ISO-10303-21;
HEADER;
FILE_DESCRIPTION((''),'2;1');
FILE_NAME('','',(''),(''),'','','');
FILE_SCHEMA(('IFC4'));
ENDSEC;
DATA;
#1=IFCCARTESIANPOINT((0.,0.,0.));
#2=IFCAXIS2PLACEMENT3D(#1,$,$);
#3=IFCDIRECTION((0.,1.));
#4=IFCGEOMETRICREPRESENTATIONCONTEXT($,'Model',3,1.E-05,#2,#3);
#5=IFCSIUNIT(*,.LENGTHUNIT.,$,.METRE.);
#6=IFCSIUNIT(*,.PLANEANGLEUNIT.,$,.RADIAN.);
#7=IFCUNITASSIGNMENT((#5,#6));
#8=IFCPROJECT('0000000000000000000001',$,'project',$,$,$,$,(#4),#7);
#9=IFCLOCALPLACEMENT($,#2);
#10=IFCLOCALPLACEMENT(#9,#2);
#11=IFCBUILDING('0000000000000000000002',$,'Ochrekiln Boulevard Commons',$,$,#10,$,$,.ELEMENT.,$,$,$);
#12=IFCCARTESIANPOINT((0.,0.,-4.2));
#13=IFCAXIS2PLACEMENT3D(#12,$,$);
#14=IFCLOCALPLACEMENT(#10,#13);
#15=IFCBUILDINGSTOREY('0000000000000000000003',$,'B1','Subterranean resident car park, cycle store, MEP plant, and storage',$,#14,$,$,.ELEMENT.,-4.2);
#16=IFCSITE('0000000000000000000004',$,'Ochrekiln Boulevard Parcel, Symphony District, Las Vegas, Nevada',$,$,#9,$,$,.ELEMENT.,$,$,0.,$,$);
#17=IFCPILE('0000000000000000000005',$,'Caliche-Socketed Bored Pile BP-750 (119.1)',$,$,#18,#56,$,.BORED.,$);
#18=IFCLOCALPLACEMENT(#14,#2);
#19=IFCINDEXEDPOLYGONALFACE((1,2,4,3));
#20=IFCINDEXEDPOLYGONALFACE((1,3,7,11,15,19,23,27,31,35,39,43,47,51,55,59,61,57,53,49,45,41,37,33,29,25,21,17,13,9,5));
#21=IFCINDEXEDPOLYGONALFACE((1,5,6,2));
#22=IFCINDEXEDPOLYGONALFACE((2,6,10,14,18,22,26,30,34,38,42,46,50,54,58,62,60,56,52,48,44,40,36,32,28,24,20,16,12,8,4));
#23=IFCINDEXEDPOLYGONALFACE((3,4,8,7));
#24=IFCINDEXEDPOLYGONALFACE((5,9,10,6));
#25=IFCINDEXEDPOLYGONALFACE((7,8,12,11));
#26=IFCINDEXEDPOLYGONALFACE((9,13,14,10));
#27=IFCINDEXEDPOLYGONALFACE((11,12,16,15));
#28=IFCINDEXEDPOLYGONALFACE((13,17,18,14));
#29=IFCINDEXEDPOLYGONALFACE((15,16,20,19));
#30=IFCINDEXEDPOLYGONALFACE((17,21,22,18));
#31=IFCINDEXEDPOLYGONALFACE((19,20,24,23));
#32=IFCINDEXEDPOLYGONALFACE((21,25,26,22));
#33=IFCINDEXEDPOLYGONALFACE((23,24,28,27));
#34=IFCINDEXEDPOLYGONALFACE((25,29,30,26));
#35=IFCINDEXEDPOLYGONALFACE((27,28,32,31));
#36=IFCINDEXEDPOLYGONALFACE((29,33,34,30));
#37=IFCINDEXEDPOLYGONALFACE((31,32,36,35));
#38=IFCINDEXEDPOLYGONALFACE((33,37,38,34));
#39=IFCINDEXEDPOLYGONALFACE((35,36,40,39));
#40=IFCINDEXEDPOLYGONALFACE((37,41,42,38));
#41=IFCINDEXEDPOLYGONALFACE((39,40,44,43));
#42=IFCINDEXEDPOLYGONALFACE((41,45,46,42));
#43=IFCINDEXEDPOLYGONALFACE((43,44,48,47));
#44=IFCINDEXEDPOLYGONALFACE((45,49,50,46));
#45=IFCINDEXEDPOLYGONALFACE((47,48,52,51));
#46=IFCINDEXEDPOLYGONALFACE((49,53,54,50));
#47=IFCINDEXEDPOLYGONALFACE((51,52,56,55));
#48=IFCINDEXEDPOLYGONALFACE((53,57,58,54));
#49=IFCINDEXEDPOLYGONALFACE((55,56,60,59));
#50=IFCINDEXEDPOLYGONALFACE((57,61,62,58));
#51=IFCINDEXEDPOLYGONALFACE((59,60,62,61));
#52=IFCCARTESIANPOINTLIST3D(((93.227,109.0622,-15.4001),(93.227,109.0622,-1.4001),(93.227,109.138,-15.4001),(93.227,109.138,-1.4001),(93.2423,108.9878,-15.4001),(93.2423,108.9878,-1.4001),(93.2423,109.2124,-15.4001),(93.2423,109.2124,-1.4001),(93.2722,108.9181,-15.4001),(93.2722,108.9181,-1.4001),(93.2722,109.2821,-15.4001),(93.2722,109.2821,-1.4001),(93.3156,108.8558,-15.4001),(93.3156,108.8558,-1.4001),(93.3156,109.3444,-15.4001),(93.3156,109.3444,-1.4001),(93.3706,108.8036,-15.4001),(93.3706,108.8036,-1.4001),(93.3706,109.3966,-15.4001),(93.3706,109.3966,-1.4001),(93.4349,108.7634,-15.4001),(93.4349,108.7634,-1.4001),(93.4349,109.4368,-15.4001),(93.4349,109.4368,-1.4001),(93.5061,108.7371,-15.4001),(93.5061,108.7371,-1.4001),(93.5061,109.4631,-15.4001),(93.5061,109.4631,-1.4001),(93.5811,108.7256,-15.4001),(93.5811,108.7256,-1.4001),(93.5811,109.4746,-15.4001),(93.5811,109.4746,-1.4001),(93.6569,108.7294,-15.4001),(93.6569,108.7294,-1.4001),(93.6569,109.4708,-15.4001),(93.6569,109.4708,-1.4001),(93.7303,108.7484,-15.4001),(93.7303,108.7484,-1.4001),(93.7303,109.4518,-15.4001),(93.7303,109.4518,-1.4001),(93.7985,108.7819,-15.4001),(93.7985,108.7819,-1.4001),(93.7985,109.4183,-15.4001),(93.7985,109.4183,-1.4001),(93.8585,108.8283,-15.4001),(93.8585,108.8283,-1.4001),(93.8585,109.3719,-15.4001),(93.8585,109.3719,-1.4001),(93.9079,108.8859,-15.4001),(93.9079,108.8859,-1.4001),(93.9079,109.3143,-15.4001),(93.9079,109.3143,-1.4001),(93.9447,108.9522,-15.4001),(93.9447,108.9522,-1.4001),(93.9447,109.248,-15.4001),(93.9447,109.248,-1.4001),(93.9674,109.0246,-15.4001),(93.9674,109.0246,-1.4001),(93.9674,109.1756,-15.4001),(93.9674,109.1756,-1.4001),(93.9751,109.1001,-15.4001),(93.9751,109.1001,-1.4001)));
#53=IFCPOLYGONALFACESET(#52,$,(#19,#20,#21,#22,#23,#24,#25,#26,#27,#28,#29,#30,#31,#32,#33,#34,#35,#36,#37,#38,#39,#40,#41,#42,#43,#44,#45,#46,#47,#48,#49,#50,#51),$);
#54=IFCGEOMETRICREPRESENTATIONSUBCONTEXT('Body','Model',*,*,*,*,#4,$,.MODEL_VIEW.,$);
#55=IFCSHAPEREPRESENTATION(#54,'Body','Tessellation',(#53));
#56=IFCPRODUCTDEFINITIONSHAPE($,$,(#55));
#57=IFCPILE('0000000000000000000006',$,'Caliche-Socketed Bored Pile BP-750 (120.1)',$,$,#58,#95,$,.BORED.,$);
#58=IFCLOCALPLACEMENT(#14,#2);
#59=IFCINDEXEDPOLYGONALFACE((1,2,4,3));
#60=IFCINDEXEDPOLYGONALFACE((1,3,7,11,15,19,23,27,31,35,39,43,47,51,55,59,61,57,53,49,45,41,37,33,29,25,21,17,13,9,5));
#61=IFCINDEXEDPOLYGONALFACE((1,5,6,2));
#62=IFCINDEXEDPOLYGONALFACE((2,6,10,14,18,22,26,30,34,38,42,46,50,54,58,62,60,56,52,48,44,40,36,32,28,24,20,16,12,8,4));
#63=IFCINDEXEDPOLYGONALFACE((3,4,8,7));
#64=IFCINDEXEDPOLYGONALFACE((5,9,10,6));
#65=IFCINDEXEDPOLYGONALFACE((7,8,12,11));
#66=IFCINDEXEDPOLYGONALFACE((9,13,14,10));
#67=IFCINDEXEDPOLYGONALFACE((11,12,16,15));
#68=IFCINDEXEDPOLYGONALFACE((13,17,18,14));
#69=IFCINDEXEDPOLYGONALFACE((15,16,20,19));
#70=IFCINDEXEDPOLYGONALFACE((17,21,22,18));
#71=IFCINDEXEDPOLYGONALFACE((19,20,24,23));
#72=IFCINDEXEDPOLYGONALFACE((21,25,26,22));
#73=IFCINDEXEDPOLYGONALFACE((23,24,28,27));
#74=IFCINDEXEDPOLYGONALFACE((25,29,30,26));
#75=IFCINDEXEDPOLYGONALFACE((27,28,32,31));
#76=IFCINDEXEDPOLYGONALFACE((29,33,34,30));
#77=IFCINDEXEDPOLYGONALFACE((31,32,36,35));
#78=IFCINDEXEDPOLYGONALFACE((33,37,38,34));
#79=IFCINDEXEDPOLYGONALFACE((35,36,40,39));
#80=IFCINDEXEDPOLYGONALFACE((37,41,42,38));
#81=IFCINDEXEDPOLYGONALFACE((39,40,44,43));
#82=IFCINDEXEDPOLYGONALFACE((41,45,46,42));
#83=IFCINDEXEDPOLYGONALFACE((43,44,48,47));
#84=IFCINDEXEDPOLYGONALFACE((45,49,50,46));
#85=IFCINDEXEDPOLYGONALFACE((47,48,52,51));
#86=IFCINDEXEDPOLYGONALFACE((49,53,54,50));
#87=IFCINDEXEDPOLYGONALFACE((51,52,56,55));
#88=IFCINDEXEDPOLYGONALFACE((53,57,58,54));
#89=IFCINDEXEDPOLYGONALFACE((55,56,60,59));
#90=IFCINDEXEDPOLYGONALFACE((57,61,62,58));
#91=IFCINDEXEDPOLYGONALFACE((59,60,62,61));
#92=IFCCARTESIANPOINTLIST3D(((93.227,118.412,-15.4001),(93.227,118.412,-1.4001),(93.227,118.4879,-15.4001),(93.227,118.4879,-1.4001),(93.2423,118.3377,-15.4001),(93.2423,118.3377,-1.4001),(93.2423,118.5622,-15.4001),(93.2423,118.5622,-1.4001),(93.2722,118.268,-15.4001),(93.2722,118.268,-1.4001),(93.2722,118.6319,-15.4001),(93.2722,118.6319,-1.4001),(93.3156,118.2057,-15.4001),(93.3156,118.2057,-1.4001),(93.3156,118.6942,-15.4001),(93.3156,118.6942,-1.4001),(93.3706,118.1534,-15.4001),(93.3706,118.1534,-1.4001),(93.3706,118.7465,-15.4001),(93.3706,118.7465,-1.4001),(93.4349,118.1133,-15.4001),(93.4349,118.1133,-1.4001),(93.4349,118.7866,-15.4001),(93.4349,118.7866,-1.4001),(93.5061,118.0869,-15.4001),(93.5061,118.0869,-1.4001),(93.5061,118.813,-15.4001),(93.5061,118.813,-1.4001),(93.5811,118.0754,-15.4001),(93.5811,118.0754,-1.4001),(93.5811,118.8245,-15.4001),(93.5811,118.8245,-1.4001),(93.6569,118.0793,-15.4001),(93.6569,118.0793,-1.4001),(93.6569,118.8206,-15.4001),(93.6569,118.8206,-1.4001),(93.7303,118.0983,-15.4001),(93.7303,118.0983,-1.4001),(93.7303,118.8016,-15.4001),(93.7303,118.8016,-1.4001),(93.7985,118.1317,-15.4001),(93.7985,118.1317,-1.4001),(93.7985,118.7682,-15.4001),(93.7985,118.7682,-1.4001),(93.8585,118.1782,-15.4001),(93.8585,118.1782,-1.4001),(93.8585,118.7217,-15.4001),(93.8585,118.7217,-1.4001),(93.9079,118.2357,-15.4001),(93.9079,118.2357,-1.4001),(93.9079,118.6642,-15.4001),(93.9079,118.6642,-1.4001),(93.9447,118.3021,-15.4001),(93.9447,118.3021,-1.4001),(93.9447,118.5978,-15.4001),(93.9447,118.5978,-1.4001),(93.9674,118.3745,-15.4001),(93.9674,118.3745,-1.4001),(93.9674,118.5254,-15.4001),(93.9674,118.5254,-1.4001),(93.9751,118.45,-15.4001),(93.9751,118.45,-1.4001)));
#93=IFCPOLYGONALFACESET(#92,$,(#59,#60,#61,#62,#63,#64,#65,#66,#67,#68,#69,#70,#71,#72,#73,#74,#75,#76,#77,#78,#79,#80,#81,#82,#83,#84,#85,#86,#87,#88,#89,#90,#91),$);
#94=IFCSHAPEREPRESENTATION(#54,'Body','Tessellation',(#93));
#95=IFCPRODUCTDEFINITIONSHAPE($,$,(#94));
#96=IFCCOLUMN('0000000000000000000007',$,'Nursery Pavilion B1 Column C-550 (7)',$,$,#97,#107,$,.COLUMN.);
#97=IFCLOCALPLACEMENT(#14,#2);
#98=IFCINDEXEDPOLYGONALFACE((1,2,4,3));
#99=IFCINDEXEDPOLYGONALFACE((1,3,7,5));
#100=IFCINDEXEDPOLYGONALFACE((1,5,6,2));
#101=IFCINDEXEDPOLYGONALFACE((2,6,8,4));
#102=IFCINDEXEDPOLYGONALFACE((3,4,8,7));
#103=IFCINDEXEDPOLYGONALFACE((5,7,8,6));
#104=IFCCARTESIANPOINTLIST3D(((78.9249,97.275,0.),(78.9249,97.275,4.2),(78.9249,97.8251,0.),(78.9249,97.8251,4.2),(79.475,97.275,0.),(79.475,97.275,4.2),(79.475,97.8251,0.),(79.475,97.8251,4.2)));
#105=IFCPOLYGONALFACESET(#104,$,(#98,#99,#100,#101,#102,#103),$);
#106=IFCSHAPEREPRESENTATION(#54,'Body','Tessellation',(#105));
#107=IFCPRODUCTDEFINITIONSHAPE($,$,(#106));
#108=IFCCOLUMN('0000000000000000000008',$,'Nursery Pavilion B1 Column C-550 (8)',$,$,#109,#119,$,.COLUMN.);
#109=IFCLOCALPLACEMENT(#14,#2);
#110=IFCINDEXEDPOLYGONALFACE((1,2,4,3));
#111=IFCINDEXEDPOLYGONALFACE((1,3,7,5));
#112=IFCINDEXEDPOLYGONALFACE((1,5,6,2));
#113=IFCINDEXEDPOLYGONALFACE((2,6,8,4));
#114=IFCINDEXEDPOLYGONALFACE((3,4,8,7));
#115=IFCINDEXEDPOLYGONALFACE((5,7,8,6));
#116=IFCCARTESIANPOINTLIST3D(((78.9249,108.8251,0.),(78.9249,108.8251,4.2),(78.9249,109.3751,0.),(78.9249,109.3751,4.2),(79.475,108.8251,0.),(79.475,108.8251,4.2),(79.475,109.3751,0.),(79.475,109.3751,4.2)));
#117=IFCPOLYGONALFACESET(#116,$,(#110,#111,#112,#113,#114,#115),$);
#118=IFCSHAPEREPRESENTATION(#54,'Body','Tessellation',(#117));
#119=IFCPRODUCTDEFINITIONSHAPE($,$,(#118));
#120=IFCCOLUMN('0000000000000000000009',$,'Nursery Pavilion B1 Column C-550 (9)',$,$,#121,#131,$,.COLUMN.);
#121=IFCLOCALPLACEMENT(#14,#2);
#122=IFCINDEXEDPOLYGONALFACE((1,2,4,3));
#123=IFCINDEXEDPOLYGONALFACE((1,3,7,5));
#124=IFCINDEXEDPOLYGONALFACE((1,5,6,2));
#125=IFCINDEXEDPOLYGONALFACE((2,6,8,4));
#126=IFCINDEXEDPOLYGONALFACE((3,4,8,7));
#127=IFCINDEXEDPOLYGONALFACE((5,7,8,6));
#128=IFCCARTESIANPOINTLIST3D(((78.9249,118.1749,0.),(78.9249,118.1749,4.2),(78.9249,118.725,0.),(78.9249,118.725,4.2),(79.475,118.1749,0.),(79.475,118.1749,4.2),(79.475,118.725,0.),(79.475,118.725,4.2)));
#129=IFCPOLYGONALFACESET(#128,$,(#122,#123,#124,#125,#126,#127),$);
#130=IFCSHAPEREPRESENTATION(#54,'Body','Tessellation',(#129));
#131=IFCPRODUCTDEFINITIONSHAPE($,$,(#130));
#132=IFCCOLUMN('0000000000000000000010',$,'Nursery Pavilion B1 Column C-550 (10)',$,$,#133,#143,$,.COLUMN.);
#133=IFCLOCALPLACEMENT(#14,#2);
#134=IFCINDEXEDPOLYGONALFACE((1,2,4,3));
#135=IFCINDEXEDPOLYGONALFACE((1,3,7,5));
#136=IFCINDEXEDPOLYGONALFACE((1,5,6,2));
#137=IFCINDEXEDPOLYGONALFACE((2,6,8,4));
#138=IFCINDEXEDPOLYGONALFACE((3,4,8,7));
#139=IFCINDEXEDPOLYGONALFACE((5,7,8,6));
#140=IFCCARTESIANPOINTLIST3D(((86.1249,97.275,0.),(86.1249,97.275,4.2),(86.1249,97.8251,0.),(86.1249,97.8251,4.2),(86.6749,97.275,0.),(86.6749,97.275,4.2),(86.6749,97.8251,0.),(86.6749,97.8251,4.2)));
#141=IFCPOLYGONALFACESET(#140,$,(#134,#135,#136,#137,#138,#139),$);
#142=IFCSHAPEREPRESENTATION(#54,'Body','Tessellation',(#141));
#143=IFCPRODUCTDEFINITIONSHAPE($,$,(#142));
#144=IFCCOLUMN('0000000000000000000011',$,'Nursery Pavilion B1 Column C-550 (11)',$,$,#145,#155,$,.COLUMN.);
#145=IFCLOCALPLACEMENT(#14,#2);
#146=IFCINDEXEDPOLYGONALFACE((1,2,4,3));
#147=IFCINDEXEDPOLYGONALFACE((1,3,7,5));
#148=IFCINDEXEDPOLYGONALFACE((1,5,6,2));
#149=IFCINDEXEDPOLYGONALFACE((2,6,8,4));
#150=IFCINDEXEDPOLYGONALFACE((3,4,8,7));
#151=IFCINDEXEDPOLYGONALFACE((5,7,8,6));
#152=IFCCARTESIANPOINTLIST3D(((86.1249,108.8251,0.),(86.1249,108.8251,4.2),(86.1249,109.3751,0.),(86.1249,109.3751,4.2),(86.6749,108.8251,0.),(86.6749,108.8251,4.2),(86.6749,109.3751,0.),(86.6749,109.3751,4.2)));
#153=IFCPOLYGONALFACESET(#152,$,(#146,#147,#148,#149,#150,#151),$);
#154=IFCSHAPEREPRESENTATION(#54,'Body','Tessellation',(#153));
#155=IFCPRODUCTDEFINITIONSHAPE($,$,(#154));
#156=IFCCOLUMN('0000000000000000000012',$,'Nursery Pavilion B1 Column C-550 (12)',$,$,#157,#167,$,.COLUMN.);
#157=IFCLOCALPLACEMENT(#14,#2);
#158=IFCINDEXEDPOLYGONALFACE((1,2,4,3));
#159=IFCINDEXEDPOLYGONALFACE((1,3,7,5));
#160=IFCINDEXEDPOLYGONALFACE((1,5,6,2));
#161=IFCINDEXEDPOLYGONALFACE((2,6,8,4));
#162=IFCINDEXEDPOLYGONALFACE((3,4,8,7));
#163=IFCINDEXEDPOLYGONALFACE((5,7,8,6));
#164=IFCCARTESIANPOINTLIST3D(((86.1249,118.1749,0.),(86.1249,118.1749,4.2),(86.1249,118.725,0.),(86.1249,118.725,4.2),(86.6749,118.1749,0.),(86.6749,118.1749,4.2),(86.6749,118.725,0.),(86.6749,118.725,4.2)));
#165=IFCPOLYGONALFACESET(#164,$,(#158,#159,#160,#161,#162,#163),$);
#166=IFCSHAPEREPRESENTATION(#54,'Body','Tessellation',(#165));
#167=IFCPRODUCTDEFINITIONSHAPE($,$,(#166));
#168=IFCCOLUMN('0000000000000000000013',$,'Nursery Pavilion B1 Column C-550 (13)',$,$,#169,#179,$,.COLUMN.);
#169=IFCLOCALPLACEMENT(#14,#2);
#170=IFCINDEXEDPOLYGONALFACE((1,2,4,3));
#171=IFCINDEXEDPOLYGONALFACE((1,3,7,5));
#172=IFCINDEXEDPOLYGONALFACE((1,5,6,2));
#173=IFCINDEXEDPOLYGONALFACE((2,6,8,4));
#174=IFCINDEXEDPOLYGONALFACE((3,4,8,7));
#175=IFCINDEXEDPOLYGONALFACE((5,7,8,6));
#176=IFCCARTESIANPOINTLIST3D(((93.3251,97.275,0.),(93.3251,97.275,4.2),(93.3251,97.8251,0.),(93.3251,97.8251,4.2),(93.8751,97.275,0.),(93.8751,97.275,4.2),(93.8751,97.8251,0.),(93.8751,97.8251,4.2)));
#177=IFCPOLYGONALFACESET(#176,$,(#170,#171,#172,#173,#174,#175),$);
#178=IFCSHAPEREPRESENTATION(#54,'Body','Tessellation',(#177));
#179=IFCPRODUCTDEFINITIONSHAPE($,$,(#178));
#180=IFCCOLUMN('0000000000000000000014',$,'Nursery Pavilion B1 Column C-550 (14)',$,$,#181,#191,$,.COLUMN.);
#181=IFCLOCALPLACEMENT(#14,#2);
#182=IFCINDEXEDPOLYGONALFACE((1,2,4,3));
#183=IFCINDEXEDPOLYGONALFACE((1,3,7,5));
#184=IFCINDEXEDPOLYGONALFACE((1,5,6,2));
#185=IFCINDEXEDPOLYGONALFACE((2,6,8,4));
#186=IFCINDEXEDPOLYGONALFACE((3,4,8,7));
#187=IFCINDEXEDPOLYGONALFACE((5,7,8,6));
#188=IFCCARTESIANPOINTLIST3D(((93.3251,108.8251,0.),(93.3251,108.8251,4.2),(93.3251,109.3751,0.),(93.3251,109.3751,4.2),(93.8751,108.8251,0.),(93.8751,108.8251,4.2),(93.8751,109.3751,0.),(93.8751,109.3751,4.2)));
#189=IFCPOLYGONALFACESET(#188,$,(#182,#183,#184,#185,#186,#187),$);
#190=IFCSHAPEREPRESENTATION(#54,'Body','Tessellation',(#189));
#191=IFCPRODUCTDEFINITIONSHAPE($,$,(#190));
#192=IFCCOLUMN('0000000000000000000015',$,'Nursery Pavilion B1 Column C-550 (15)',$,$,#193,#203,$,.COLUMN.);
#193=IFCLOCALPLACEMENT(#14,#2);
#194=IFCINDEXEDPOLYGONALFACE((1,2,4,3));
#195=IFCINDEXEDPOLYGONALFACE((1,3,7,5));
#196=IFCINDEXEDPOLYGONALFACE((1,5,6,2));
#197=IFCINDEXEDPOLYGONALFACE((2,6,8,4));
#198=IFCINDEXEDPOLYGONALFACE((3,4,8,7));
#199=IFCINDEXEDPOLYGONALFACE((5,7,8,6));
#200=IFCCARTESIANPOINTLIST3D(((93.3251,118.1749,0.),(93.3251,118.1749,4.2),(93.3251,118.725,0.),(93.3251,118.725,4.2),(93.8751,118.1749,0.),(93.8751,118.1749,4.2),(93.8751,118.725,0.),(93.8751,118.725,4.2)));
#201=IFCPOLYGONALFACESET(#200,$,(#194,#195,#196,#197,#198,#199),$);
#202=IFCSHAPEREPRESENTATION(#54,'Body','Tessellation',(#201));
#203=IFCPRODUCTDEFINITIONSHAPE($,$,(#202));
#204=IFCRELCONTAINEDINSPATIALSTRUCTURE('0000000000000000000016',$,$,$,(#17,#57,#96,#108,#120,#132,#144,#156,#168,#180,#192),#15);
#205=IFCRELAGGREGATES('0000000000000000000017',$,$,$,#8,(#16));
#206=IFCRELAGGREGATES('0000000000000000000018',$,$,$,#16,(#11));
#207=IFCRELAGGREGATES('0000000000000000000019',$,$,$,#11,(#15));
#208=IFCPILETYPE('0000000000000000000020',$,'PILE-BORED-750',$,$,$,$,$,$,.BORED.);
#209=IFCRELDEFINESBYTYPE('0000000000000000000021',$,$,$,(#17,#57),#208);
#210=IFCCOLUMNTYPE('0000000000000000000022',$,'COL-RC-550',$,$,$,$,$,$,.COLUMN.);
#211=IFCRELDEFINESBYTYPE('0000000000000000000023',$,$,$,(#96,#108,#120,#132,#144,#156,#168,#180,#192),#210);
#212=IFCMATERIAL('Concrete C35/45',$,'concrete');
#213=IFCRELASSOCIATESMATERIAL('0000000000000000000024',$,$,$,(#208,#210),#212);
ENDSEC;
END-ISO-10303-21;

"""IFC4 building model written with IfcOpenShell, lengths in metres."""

from ifc_helpers import new_model, si_unit, direction, frame, origin, origin_2d, place, context, subcontext, project, spatial, rectangle, circle, extrude, material, material_profile, profile_set, type_object, element, save


model = new_model("IFC4")

# Units and contexts
model_context = context("Model", 3, precision=1e-05, world=origin(), true_north=direction((0.0, 1.0)))
body_context = subcontext(model_context, "Body", "Model", "MODEL_VIEW")
ifc_project = project(units=[si_unit("LENGTHUNIT", "METRE"), si_unit("PLANEANGLEUNIT", "RADIAN")], contexts=[model_context])

# Site, building, storey
site_placement = place(None, origin())
site = spatial("IfcSite", under=ifc_project, at=site_placement, Name="Ochrekiln Boulevard Parcel, Symphony District, Las Vegas, Nevada", CompositionType="ELEMENT", RefElevation=0.0)
building_placement = place(site_placement, origin())
building = spatial("IfcBuilding", under=site, at=building_placement, Name="Ochrekiln Boulevard Commons", CompositionType="ELEMENT")
storey_placement = place(building_placement, frame((0.0, 0.0, -4.2)))
storey = spatial("IfcBuildingStorey", under=building, at=storey_placement, Name="B1", Description="Subterranean resident car park, cycle store, MEP plant, and storage", CompositionType="ELEMENT", Elevation=-4.2)

# Shared definitions
ifc_material = material(Name="Concrete C35/45", Category="concrete")

# Piles
ifc_material_profile_1 = material_profile(ifc_material, circle(Radius=0.375, at=origin_2d()), Name="PILE-D750")
ifc_profile_set_1 = profile_set([ifc_material_profile_1], Name="Concrete C35/45")
pile_type = type_object("IfcPileType", Name="PILE-BORED-750", PredefinedType="BORED", material=ifc_profile_set_1)
for number, where, z_axis, x_axis, name in (
    (1, (93.6001, 109.1001, -1.4001), (0.0, 0.0, -1.0), (1.0, 0.0, 0.0), "Caliche-Socketed Bored Pile BP-750 (119.1)"),
    (2, (93.6001, 118.45, -1.4001), (0.0, 0.0, -1.0), (1.0, 0.0, 0.0), "Caliche-Socketed Bored Pile BP-750 (120.1)"),
):
    element("IfcPile", number, at=place(storey_placement, frame(where, z_axis=z_axis, x_axis=x_axis)), inside=storey, type_object=pile_type, Name=name, PredefinedType="BORED", context=body_context, shape_type="SweptSolid", body=[
        extrude(circle(Radius=0.375, at=origin_2d()), origin(), (0.0, 0.0, 1.0), 14.0),
    ])

# Columns
ifc_material_profile_2 = material_profile(ifc_material, rectangle(XDim=0.55, YDim=0.55, at=origin_2d()), Name="RC-COL-550x550")
ifc_profile_set_2 = profile_set([ifc_material_profile_2], Name="Concrete C35/45")
column_type = type_object("IfcColumnType", Name="COL-RC-550", PredefinedType="COLUMN", material=ifc_profile_set_2)
for number, where, z_axis, x_axis, name in (
    (3, (79.2, 97.55, 0.0), (0.0, 0.0, 1.0), (1.0, 0.0, 0.0), "Nursery Pavilion B1 Column C-550 (7)"),
    (4, (79.2, 109.1001, 0.0), (0.0, 0.0, 1.0), (1.0, 0.0, 0.0), "Nursery Pavilion B1 Column C-550 (8)"),
    (5, (79.2, 118.45, 0.0), (0.0, 0.0, 1.0), (1.0, 0.0, 0.0), "Nursery Pavilion B1 Column C-550 (9)"),
    (6, (86.3999, 97.55, 0.0), (0.0, 0.0, 1.0), (1.0, 0.0, 0.0), "Nursery Pavilion B1 Column C-550 (10)"),
    (7, (86.3999, 109.1001, 0.0), (0.0, 0.0, 1.0), (1.0, 0.0, 0.0), "Nursery Pavilion B1 Column C-550 (11)"),
    (8, (86.3999, 118.45, 0.0), (0.0, 0.0, 1.0), (1.0, 0.0, 0.0), "Nursery Pavilion B1 Column C-550 (12)"),
    (9, (93.6001, 97.55, 0.0), (0.0, 0.0, 1.0), (1.0, 0.0, 0.0), "Nursery Pavilion B1 Column C-550 (13)"),
    (10, (93.6001, 109.1001, 0.0), (0.0, 0.0, 1.0), (1.0, 0.0, 0.0), "Nursery Pavilion B1 Column C-550 (14)"),
    (11, (93.6001, 118.45, 0.0), (0.0, 0.0, 1.0), (1.0, 0.0, 0.0), "Nursery Pavilion B1 Column C-550 (15)"),
):
    element("IfcColumn", number, at=place(storey_placement, frame(where, z_axis=z_axis, x_axis=x_axis)), inside=storey, type_object=column_type, Name=name, PredefinedType="COLUMN", context=body_context, shape_type="SweptSolid", body=[
        extrude(rectangle(XDim=0.55, YDim=0.55, at=origin_2d()), origin(), (0.0, 0.0, 1.0), 4.2),
    ])

save(model, "model.ifc")
